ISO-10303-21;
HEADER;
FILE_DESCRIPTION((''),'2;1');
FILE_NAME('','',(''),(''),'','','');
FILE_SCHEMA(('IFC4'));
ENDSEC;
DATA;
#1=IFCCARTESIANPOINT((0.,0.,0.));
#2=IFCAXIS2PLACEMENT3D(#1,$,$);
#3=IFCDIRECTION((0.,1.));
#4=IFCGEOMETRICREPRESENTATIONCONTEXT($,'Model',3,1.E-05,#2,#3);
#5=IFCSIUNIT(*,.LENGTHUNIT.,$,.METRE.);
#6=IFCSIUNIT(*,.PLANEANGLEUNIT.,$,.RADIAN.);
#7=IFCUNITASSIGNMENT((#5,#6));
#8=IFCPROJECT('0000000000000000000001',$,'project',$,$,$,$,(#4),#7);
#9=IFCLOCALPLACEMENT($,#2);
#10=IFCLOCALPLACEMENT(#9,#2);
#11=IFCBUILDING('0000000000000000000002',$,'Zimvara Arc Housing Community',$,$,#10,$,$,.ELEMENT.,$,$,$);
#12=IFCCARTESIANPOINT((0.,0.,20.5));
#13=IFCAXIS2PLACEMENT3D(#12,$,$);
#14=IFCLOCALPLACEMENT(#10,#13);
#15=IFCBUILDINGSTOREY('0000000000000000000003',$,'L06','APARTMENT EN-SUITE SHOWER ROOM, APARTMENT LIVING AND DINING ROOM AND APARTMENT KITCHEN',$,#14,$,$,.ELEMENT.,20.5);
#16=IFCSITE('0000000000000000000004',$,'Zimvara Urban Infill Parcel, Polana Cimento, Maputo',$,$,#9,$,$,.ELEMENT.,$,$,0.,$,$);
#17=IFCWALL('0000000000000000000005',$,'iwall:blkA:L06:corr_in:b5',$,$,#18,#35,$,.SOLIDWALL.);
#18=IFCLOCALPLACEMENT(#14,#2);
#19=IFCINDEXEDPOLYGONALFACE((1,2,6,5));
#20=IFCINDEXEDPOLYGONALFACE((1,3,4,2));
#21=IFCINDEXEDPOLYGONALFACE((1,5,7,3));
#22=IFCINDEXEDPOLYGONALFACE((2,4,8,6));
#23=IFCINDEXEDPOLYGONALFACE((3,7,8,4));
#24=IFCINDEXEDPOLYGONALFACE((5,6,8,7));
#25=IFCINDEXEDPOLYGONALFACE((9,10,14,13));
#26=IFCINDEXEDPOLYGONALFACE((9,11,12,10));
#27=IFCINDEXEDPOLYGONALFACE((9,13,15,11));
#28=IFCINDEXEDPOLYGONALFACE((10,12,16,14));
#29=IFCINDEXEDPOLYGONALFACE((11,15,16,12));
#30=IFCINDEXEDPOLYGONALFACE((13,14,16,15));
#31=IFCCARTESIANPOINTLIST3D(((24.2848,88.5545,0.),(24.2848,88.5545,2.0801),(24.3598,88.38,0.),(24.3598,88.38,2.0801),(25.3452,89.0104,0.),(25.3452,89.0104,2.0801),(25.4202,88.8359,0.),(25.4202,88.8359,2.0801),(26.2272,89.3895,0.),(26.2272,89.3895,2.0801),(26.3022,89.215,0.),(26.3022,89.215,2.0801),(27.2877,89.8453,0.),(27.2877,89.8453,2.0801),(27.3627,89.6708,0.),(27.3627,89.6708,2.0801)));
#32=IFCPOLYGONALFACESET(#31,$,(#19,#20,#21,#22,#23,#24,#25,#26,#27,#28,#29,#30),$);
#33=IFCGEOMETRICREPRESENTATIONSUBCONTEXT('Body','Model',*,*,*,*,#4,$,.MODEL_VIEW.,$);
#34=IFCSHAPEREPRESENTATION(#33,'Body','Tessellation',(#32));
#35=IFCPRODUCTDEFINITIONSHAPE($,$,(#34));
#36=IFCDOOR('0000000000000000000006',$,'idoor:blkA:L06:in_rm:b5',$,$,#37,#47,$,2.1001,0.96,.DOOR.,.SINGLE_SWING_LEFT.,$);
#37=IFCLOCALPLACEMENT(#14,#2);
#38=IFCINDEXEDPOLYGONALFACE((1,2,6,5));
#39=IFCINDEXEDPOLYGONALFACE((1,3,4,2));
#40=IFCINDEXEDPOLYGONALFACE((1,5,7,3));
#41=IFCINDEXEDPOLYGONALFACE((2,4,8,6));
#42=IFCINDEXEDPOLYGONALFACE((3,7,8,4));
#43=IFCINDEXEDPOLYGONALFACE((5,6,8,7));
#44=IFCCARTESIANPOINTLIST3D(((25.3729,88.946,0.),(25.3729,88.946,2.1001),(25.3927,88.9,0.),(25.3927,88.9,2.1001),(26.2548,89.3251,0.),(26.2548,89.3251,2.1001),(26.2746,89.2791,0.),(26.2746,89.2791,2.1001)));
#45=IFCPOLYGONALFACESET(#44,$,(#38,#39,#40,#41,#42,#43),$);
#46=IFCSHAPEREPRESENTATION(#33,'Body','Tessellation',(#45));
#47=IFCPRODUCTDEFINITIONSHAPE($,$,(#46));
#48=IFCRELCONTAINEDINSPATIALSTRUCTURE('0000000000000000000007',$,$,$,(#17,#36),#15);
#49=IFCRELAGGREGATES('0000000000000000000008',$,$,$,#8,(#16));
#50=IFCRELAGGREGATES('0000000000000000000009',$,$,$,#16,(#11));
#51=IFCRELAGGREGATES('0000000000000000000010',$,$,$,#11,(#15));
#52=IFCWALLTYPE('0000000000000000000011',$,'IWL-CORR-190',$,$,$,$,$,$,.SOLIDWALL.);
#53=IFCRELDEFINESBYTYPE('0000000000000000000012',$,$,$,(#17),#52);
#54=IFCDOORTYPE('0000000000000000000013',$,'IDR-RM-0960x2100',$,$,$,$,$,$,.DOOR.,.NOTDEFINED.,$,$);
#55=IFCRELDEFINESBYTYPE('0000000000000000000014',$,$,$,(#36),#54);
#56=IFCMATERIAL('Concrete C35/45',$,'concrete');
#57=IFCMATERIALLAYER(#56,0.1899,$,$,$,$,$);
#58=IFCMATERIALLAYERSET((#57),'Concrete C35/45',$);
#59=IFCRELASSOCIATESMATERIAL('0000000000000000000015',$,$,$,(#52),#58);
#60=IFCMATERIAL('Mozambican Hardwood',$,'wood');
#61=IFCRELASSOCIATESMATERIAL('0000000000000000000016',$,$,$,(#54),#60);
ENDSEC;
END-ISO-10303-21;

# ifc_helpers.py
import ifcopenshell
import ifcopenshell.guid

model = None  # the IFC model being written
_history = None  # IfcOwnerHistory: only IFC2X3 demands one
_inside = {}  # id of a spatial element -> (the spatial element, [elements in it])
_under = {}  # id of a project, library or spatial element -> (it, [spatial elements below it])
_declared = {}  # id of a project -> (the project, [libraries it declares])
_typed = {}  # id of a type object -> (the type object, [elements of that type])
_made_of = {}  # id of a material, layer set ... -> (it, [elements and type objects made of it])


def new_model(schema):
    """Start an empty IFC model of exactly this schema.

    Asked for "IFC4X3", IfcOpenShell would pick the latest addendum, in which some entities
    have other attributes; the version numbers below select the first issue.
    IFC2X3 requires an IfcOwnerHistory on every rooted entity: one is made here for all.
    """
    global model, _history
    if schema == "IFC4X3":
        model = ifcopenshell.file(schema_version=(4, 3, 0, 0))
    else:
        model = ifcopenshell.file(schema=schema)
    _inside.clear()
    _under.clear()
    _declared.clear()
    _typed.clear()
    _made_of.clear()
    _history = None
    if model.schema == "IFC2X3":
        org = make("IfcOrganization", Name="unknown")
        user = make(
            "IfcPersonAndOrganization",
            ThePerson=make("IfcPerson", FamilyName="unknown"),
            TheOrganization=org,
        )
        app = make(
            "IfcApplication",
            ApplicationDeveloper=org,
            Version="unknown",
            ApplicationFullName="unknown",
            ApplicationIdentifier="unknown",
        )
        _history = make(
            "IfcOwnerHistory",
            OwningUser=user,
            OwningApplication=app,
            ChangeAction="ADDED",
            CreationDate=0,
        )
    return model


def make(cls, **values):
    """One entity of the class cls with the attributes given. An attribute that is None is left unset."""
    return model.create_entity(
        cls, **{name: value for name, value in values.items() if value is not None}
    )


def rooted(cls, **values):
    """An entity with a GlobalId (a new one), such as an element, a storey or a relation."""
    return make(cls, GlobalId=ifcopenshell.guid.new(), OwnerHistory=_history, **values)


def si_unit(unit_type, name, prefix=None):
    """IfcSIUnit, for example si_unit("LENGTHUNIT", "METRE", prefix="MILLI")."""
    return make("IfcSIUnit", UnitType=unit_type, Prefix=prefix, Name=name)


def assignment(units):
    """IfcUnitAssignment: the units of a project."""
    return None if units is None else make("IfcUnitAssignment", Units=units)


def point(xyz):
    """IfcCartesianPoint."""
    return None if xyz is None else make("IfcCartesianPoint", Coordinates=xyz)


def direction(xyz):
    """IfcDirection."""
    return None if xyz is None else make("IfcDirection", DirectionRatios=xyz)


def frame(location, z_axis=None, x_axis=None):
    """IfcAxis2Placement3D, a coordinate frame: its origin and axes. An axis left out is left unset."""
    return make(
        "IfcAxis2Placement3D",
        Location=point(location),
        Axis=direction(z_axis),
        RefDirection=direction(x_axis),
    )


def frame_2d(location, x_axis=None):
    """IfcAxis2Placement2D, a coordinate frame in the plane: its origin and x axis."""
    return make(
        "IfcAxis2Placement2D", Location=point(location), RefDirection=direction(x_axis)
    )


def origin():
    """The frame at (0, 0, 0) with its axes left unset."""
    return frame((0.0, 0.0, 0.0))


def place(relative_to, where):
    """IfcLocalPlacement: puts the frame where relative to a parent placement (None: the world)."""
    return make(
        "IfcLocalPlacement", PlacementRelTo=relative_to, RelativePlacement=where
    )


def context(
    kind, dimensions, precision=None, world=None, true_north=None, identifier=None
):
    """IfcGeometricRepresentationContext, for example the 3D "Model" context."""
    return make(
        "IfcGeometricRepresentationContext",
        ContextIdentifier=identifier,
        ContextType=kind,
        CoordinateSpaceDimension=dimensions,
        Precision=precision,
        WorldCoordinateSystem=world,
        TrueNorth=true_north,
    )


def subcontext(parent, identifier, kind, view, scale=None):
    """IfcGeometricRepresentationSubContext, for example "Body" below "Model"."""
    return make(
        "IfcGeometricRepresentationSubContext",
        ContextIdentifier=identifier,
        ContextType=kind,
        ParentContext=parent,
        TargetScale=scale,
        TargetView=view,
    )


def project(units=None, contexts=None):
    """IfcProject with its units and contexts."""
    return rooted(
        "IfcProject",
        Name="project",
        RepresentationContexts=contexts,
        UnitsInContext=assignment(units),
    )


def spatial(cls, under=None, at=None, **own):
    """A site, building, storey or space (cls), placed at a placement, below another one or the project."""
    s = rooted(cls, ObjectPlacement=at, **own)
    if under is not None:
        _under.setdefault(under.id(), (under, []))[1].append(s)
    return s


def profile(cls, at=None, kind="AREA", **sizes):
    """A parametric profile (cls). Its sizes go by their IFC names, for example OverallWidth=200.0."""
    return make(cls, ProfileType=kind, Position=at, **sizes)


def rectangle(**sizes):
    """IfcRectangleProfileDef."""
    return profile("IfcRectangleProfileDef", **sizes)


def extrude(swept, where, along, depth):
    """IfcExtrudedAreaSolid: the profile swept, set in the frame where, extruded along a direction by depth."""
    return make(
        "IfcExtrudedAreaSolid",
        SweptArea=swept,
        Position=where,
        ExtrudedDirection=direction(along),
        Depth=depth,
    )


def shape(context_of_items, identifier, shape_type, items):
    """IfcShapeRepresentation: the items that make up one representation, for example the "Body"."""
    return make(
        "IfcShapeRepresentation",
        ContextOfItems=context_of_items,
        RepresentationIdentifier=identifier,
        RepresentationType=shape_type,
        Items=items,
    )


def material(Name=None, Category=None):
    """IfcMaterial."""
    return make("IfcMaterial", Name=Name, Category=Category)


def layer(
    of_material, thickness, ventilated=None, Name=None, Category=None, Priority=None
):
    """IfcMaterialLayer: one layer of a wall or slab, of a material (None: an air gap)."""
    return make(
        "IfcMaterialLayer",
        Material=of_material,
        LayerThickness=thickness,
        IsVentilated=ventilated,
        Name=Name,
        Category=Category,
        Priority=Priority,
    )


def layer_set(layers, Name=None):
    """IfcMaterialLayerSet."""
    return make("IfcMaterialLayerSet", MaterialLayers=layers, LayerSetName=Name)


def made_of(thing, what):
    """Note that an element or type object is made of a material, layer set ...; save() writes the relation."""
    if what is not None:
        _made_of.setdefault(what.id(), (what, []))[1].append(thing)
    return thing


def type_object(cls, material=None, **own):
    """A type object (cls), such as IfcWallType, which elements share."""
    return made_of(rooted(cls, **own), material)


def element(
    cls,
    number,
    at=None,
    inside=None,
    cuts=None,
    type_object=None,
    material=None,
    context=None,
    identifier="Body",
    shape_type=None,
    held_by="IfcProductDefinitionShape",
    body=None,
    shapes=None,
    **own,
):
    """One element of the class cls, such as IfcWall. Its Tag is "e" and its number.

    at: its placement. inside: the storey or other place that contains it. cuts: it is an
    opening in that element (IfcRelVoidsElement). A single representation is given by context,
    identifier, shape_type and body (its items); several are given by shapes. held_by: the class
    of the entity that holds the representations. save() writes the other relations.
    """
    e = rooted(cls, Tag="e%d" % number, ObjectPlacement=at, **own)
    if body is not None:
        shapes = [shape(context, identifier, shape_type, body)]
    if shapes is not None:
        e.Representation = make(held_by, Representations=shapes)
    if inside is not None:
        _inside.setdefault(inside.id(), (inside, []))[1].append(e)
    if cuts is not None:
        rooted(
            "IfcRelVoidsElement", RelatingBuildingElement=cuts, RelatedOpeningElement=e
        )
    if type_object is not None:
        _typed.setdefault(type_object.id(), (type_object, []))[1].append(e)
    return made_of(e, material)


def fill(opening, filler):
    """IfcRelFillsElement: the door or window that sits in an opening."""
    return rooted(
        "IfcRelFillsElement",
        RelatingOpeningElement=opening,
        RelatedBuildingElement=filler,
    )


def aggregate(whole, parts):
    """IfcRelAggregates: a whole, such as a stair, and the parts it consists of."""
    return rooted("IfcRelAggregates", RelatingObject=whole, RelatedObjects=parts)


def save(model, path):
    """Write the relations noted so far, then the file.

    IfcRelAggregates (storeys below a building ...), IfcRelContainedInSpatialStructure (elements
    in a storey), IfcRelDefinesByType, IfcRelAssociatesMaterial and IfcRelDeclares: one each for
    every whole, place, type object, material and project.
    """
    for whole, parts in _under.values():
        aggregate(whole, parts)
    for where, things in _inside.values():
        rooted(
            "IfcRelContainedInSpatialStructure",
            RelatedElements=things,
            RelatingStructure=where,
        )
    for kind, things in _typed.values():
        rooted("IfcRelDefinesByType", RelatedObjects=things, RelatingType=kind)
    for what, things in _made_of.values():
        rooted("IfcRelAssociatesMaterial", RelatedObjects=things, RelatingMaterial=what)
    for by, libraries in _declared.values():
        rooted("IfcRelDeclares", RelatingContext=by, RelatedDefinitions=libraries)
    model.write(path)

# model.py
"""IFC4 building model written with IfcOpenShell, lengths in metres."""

from ifc_helpers import new_model, si_unit, direction, frame, frame_2d, origin, place, context, subcontext, project, spatial, rectangle, extrude, material, layer, layer_set, type_object, element, fill, save


model = new_model("IFC4")

# Units and contexts
model_context = context("Model", 3, precision=1e-05, world=origin(), true_north=direction((0.0, 1.0)))
body_context = subcontext(model_context, "Body", "Model", "MODEL_VIEW")
ifc_project = project(units=[si_unit("LENGTHUNIT", "METRE"), si_unit("PLANEANGLEUNIT", "RADIAN")], contexts=[model_context])

# Site, building, storey
site_placement = place(None, origin())
site = spatial("IfcSite", under=ifc_project, at=site_placement, Name="Zimvara Urban Infill Parcel, Polana Cimento, Maputo", CompositionType="ELEMENT", RefElevation=0.0)
building_placement = place(site_placement, origin())
building = spatial("IfcBuilding", under=site, at=building_placement, Name="Zimvara Arc Housing Community", CompositionType="ELEMENT")
storey_placement = place(building_placement, frame((0.0, 0.0, 20.5)))
storey = spatial("IfcBuildingStorey", under=building, at=storey_placement, Name="L06", Description="APARTMENT EN-SUITE SHOWER ROOM, APARTMENT LIVING AND DINING ROOM AND APARTMENT KITCHEN", CompositionType="ELEMENT", Elevation=20.5)

# Wall, opening, door
ifc_material_1 = material(Name="Concrete C35/45", Category="concrete")
ifc_layer_1 = layer(ifc_material_1, 0.1899)
ifc_layer_set_1 = layer_set([ifc_layer_1], Name="Concrete C35/45")
wall_type = type_object("IfcWallType", Name="IWL-CORR-190", PredefinedType="SOLIDWALL", material=ifc_layer_set_1)
wall_placement = place(storey_placement, frame((24.3223, 88.4673, 0.0), z_axis=(0.0, 0.0, 1.0), x_axis=(0.918723, 0.394902, 0.0)))
wall = element("IfcWall", 1, at=wall_placement, inside=storey, type_object=wall_type, Name="iwall:blkA:L06:corr_in:b5", PredefinedType="SOLIDWALL", context=body_context, shape_type="SweptSolid", body=[
    extrude(rectangle(XDim=3.2686, YDim=0.1899, at=frame_2d((1.6343, 0.0))), origin(), (0.0, 0.0, 1.0), 2.0801),
])
opening_placement = place(wall_placement, frame((1.1543, 0.0, 0.0)))
opening = element("IfcOpeningElement", 2, at=opening_placement, cuts=wall, PredefinedType="OPENING", context=body_context, shape_type="SweptSolid", body=[
    extrude(rectangle(XDim=0.96, YDim=2.1001, at=frame_2d((0.48, 1.05))), frame((0.0, 0.105, 0.0), z_axis=(0.0, -1.0, 0.0), x_axis=(1.0, 0.0, 0.0)), (0.0, 0.0, 1.0), 0.21),
])
ifc_material_2 = material(Name="Mozambican Hardwood", Category="wood")
door_type = type_object("IfcDoorType", Name="IDR-RM-0960x2100", OperationType="NOTDEFINED", PredefinedType="DOOR", material=ifc_material_2)
door_placement = place(opening_placement, origin())
door = element("IfcDoor", 3, at=door_placement, inside=storey, type_object=door_type, Name="idoor:blkA:L06:in_rm:b5", OperationType="SINGLE_SWING_LEFT", OverallHeight=2.1001, OverallWidth=0.96, PredefinedType="DOOR", context=body_context, shape_type="SweptSolid", body=[
    extrude(rectangle(XDim=0.96, YDim=2.1001, at=frame_2d((0.48, 1.05))), frame((0.0, 0.0249, 0.0), z_axis=(0.0, -1.0, 0.0), x_axis=(1.0, 0.0, 0.0)), (0.0, 0.0, 1.0), 0.05),
])
fill(opening, door)

save(model, "model.ifc")
